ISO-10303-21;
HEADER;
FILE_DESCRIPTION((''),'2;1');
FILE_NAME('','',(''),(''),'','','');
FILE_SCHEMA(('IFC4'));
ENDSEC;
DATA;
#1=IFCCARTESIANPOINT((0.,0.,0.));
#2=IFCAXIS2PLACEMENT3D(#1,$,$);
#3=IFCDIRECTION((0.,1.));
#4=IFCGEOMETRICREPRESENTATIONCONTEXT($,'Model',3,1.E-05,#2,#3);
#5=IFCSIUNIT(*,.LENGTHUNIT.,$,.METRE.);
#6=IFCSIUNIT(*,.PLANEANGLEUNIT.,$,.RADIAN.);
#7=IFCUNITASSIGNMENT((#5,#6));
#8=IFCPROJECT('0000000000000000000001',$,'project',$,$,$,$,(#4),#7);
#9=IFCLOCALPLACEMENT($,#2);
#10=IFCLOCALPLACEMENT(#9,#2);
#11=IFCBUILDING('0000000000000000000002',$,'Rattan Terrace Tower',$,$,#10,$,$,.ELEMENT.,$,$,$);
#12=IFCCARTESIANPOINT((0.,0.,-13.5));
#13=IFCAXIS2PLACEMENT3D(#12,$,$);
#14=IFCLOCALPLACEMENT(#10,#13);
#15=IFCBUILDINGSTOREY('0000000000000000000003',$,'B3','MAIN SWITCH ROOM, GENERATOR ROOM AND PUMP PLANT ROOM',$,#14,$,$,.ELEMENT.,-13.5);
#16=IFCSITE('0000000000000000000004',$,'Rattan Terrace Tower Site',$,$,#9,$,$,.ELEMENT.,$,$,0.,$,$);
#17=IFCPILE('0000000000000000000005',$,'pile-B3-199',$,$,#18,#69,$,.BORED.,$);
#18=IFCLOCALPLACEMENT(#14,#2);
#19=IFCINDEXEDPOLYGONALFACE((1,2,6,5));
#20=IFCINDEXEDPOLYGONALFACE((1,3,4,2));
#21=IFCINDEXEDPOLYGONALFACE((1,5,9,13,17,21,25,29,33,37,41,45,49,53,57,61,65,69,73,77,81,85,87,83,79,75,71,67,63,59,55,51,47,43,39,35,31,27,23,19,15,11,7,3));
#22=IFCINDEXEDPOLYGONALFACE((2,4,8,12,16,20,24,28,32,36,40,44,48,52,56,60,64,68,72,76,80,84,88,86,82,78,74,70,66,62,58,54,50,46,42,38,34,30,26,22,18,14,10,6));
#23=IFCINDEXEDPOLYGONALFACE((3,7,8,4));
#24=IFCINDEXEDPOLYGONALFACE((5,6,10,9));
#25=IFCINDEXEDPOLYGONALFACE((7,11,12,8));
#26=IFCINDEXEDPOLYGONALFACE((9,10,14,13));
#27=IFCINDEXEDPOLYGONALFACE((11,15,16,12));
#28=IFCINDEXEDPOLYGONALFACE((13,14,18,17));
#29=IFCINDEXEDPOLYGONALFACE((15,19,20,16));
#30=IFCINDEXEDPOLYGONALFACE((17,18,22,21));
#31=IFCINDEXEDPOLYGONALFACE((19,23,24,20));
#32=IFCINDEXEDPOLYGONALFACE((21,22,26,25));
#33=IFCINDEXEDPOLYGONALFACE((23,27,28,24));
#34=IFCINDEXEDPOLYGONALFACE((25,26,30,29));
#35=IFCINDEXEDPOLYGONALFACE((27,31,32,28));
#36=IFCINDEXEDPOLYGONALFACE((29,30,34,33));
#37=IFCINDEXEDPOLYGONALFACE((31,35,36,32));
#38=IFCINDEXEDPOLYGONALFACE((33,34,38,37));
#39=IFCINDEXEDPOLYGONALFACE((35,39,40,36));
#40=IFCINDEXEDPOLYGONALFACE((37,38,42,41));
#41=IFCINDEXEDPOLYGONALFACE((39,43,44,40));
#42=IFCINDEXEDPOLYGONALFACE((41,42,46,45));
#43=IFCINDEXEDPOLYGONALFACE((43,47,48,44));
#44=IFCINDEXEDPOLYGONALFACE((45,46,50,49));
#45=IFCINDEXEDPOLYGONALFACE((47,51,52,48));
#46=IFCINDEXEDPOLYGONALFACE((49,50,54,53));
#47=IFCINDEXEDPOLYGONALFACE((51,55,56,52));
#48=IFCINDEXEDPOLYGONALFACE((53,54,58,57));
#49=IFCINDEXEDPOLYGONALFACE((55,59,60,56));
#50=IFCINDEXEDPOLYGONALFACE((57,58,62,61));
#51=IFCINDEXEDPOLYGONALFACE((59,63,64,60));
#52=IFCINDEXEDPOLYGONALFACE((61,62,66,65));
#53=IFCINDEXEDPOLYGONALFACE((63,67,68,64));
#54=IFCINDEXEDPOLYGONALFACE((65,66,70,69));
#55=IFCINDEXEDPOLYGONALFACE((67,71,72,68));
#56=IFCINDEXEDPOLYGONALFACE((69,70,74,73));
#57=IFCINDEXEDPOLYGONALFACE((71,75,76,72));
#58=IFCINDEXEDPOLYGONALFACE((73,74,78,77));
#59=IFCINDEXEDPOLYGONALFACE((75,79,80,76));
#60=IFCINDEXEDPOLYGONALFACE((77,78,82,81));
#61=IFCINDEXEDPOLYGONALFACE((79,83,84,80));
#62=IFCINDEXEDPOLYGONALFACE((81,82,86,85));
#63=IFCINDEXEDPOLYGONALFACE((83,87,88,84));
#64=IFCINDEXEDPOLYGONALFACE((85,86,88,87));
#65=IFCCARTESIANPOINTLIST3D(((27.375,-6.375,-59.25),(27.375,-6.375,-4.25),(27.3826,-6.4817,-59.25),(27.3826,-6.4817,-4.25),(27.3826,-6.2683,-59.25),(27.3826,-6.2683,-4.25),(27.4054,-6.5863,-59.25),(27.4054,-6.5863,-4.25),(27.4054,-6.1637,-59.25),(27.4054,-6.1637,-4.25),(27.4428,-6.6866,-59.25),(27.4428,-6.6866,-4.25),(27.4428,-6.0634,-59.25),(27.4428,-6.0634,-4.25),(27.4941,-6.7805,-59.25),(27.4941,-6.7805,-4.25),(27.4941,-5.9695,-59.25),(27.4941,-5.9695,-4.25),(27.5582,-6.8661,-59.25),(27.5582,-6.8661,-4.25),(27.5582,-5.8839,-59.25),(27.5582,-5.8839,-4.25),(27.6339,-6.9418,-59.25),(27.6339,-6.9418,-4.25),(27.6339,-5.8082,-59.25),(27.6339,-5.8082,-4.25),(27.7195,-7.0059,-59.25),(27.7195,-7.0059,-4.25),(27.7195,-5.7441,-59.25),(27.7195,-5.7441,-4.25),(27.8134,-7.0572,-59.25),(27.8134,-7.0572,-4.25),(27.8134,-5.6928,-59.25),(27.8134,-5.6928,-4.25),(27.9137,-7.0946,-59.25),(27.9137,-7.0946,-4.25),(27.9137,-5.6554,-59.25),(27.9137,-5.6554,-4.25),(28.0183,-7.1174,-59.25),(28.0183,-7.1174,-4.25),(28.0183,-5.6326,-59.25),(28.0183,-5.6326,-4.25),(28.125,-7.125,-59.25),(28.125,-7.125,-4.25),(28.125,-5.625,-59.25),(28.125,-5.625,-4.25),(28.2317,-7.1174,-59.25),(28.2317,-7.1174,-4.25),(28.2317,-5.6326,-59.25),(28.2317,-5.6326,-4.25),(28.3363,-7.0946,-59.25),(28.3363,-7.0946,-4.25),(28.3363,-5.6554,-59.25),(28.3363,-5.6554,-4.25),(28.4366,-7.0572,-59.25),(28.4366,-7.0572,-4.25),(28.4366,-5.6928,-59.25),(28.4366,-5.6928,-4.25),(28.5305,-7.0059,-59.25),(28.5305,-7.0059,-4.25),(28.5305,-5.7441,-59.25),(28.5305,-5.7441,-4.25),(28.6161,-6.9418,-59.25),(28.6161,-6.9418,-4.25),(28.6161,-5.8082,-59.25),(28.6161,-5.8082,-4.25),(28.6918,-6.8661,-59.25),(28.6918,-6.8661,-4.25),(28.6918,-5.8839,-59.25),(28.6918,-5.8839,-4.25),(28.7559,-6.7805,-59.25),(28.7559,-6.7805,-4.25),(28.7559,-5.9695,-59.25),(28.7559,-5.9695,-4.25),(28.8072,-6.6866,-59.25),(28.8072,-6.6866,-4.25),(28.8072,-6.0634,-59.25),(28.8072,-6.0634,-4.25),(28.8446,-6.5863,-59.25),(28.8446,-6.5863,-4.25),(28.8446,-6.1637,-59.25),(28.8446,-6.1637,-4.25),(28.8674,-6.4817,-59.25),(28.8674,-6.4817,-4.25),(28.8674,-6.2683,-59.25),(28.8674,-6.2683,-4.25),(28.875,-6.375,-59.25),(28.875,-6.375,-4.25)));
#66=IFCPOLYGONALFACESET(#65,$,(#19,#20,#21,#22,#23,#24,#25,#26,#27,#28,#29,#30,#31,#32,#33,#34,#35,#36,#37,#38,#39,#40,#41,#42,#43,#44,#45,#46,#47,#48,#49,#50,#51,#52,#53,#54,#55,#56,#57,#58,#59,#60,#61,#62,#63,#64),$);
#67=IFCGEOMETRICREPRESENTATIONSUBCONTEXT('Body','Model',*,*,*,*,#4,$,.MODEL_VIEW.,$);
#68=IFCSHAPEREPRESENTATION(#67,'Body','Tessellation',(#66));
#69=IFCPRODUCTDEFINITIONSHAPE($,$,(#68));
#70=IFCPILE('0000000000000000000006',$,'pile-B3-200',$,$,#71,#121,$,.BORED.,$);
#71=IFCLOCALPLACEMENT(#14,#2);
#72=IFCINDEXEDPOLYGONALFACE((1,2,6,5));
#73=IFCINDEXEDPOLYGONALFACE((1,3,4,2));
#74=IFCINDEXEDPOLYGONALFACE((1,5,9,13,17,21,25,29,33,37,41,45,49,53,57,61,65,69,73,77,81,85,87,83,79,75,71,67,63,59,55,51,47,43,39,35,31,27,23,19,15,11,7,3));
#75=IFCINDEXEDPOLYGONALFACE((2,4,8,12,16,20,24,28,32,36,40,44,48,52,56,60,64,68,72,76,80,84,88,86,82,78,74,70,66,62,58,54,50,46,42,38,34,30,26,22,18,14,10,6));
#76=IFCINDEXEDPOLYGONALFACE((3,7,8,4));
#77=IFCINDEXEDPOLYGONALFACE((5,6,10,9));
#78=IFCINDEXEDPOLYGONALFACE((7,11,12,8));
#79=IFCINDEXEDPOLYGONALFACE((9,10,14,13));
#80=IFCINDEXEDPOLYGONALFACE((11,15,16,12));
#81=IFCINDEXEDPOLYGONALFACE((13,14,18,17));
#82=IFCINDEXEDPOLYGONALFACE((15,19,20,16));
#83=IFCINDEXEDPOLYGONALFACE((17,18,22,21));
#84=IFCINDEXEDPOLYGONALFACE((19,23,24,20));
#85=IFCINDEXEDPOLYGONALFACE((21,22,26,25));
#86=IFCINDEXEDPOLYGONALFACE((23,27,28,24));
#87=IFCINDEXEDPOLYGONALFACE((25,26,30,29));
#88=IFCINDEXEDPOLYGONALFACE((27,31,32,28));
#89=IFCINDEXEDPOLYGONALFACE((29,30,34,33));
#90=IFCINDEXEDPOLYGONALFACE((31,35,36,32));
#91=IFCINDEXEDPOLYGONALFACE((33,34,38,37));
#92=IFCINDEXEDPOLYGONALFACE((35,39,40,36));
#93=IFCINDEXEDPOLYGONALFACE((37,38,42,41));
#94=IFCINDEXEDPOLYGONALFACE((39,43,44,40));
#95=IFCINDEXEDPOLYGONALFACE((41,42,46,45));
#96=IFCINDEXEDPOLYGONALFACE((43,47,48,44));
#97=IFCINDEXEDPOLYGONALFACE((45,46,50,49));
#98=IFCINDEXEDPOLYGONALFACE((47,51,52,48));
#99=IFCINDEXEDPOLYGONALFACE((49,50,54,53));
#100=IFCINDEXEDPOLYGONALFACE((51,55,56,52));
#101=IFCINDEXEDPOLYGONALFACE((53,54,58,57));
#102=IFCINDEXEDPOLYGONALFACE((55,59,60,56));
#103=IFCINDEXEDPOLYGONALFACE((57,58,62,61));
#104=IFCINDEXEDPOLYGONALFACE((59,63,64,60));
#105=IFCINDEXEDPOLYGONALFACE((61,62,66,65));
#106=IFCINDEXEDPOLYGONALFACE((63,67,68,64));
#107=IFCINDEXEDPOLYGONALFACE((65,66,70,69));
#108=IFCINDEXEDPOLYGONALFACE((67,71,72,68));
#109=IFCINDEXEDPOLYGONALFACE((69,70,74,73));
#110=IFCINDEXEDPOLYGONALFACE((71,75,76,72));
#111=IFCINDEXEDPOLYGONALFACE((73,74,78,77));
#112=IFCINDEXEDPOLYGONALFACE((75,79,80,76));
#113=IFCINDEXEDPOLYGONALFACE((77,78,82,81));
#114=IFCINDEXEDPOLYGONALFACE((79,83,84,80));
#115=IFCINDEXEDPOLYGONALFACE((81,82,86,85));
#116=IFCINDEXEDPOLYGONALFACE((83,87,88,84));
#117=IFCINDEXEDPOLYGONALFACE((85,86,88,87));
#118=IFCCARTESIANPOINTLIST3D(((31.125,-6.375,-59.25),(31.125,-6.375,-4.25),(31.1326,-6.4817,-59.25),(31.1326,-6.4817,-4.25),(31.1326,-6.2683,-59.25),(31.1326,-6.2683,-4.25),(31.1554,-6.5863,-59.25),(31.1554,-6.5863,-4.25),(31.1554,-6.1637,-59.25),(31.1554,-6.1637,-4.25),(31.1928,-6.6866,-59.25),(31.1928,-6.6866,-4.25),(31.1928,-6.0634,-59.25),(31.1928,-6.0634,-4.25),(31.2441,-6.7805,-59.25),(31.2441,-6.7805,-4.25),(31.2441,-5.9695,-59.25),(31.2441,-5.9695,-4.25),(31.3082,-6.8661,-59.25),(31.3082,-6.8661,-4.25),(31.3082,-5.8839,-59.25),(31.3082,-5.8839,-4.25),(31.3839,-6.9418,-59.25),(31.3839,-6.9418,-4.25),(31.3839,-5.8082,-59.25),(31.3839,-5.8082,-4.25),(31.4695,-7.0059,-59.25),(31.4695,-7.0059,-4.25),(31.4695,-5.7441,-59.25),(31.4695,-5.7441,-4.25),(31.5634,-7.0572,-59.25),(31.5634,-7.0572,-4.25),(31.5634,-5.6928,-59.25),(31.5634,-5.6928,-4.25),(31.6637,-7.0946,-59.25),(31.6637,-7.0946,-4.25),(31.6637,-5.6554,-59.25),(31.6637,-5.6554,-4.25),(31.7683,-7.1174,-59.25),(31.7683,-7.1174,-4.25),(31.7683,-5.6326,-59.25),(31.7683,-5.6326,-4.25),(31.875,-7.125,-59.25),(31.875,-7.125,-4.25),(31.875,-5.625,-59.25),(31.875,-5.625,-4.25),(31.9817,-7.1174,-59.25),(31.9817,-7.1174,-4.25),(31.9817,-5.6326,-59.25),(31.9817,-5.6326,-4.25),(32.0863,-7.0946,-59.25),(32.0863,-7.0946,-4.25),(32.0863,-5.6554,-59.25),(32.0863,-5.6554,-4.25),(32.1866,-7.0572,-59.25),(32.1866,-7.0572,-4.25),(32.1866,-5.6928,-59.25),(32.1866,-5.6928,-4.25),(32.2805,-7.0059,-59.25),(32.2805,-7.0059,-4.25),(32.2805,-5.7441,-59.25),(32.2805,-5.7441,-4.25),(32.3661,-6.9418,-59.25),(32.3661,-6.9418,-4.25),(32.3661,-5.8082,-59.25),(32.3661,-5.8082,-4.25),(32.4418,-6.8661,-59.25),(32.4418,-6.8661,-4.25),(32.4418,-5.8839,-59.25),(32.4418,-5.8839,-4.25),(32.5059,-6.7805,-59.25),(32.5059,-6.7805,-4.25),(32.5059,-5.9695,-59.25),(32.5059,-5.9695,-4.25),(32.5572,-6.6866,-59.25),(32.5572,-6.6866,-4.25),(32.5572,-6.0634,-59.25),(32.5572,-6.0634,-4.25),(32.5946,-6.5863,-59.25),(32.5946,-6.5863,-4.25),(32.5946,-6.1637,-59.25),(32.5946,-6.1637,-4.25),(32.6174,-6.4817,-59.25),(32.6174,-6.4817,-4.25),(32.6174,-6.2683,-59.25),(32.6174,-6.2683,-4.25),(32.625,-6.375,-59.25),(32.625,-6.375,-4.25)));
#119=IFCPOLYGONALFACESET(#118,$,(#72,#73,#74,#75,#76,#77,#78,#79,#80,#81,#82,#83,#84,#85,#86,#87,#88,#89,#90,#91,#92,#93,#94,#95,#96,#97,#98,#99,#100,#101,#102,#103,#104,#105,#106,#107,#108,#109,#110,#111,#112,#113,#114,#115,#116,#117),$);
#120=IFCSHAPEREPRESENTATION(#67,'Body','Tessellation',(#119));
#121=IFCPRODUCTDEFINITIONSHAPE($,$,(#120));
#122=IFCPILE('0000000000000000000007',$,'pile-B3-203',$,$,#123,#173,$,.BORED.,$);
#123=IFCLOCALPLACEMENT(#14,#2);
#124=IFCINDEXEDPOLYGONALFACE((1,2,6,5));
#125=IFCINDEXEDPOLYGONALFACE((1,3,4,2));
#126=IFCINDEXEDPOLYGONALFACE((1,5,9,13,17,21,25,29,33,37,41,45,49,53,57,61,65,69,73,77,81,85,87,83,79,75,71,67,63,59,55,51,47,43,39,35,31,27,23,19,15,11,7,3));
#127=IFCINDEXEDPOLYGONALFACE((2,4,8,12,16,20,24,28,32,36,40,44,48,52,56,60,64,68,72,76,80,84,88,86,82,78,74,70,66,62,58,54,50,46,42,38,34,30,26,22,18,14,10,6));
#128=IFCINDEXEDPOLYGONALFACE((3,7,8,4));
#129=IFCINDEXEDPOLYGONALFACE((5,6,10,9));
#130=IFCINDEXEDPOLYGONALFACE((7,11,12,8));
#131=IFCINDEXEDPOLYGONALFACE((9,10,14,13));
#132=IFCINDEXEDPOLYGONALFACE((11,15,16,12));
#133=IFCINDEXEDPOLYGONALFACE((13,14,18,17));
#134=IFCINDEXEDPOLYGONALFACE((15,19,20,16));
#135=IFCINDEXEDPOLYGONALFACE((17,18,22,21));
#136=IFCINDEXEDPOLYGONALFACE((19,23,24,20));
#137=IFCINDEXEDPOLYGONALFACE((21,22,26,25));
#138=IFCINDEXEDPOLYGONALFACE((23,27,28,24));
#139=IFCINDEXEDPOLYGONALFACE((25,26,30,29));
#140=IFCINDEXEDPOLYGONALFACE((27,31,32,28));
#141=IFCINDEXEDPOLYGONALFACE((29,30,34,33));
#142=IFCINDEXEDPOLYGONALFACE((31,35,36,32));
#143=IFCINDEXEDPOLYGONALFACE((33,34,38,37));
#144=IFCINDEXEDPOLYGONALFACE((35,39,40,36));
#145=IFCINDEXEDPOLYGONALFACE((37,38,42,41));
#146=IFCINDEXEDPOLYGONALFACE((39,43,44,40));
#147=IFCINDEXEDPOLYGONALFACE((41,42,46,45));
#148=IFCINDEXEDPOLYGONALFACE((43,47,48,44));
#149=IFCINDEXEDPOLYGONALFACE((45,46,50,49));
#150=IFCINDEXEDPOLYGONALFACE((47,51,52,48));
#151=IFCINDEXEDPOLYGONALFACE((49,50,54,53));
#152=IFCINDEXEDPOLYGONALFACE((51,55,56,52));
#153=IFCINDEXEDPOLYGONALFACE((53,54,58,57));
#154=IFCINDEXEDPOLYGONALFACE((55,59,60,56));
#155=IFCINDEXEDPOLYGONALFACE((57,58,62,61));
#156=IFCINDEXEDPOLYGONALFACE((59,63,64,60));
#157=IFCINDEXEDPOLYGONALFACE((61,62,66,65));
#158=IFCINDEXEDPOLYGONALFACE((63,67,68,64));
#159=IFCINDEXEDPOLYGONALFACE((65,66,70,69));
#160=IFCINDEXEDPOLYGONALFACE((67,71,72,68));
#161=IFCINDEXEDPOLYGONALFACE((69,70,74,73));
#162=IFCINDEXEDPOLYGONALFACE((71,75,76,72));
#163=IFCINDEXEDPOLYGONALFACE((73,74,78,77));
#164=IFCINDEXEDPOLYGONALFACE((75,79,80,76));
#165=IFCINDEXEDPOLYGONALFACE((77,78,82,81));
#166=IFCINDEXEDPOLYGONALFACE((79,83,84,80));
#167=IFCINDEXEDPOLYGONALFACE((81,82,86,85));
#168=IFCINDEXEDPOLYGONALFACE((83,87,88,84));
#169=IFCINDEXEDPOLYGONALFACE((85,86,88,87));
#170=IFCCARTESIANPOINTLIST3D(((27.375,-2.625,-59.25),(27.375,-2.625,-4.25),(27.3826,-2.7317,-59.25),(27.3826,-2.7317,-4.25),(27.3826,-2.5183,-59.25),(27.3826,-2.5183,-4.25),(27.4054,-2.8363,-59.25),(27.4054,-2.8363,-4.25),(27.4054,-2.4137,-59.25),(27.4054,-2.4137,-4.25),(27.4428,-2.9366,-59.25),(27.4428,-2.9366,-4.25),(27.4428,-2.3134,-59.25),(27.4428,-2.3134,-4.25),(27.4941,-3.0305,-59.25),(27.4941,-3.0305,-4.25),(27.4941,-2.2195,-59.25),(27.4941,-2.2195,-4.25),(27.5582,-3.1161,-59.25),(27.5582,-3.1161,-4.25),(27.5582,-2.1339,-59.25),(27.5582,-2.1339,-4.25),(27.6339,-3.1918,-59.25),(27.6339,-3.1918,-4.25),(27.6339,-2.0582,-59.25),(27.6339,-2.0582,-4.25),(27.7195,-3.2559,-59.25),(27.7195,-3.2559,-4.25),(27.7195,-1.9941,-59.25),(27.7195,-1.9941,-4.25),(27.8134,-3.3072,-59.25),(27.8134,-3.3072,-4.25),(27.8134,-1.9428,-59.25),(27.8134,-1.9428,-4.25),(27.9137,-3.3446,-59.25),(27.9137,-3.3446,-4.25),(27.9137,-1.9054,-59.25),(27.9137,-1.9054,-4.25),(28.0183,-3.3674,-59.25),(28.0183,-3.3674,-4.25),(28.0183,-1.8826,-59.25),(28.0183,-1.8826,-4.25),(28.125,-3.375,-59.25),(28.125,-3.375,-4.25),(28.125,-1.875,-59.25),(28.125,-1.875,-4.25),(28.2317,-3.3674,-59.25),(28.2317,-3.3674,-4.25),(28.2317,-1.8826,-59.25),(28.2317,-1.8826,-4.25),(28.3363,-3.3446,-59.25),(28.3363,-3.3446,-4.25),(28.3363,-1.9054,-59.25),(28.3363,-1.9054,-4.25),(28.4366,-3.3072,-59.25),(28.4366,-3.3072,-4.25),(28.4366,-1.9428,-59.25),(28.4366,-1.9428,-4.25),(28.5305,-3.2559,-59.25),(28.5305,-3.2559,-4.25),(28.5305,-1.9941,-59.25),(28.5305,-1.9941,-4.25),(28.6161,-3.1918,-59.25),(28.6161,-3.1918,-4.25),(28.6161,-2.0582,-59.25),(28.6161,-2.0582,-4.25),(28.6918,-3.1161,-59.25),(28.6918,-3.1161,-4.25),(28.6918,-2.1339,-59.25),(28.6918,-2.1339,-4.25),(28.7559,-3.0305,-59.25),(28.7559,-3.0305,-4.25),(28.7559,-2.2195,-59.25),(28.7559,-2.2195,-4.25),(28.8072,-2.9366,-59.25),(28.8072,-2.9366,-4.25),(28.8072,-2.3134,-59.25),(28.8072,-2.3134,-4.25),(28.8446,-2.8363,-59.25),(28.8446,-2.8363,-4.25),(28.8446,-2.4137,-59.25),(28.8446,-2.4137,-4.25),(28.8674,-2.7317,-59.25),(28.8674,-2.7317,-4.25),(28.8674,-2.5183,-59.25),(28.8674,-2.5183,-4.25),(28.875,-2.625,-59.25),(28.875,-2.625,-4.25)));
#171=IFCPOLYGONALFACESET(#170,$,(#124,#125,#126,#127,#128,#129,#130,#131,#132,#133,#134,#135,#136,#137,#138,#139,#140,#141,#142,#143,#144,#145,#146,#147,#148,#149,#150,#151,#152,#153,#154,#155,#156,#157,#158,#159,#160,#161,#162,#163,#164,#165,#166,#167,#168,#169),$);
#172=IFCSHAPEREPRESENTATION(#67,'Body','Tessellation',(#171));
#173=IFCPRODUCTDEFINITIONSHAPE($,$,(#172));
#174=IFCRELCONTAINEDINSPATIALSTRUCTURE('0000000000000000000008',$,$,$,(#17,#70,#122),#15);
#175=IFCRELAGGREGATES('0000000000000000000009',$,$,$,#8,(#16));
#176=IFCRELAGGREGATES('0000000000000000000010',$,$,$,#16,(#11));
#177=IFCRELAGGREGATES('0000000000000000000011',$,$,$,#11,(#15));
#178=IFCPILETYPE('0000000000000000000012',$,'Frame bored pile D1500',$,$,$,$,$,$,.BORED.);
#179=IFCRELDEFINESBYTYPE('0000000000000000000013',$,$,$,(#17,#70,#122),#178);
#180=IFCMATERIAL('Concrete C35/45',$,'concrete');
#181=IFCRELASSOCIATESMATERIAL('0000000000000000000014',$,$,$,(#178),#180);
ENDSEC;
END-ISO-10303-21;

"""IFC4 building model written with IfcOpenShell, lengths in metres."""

from ifc_helpers import new_model, si_unit, direction, frame, origin, origin_2d, place, context, subcontext, project, spatial, circle, extrude, material, material_profile, profile_set, type_object, element, save


model = new_model("IFC4")

# Units and contexts
model_context = context("Model", 3, precision=1e-05, world=origin(), true_north=direction((0.0, 1.0)))
body_context = subcontext(model_context, "Body", "Model", "MODEL_VIEW")
ifc_project = project(units=[si_unit("LENGTHUNIT", "METRE"), si_unit("PLANEANGLEUNIT", "RADIAN")], contexts=[model_context])

# Site, building, storey
site_placement = place(None, origin())
site = spatial("IfcSite", under=ifc_project, at=site_placement, Name="Rattan Terrace Tower Site", CompositionType="ELEMENT", RefElevation=0.0)
building_placement = place(site_placement, origin())
building = spatial("IfcBuilding", under=site, at=building_placement, Name="Rattan Terrace Tower", CompositionType="ELEMENT")
storey_placement = place(building_placement, frame((0.0, 0.0, -13.5)))
storey = spatial("IfcBuildingStorey", under=building, at=storey_placement, Name="B3", Description="MAIN SWITCH ROOM, GENERATOR ROOM AND PUMP PLANT ROOM", CompositionType="ELEMENT", Elevation=-13.5)

# Piles
ifc_material_1 = material(Name="Concrete C35/45", Category="concrete")
ifc_material_profile_1 = material_profile(ifc_material_1, circle(Radius=0.75, at=origin_2d()), Name="PILE D1500")
ifc_profile_set_1 = profile_set([ifc_material_profile_1], Name="Concrete C35/45")
pile_type = type_object("IfcPileType", Name="Frame bored pile D1500", PredefinedType="BORED", material=ifc_profile_set_1)
for number, where, z_axis, x_axis, name in (
    (1, (28.125, -6.375, -4.25), (0.0, 0.0, -1.0), (1.0, 0.0, 0.0), "pile-B3-199"),
    (2, (31.875, -6.375, -4.25), (0.0, 0.0, -1.0), (1.0, 0.0, 0.0), "pile-B3-200"),
    (3, (28.125, -2.625, -4.25), (0.0, 0.0, -1.0), (1.0, 0.0, 0.0), "pile-B3-203"),
):
    element("IfcPile", number, at=place(storey_placement, frame(where, z_axis=z_axis, x_axis=x_axis)), inside=storey, type_object=pile_type, Name=name, PredefinedType="BORED", context=body_context, shape_type="SweptSolid", body=[
        extrude(circle(Radius=0.75, at=origin_2d()), origin(), (0.0, 0.0, 1.0), 55.0),
    ])

save(model, "model.ifc")
